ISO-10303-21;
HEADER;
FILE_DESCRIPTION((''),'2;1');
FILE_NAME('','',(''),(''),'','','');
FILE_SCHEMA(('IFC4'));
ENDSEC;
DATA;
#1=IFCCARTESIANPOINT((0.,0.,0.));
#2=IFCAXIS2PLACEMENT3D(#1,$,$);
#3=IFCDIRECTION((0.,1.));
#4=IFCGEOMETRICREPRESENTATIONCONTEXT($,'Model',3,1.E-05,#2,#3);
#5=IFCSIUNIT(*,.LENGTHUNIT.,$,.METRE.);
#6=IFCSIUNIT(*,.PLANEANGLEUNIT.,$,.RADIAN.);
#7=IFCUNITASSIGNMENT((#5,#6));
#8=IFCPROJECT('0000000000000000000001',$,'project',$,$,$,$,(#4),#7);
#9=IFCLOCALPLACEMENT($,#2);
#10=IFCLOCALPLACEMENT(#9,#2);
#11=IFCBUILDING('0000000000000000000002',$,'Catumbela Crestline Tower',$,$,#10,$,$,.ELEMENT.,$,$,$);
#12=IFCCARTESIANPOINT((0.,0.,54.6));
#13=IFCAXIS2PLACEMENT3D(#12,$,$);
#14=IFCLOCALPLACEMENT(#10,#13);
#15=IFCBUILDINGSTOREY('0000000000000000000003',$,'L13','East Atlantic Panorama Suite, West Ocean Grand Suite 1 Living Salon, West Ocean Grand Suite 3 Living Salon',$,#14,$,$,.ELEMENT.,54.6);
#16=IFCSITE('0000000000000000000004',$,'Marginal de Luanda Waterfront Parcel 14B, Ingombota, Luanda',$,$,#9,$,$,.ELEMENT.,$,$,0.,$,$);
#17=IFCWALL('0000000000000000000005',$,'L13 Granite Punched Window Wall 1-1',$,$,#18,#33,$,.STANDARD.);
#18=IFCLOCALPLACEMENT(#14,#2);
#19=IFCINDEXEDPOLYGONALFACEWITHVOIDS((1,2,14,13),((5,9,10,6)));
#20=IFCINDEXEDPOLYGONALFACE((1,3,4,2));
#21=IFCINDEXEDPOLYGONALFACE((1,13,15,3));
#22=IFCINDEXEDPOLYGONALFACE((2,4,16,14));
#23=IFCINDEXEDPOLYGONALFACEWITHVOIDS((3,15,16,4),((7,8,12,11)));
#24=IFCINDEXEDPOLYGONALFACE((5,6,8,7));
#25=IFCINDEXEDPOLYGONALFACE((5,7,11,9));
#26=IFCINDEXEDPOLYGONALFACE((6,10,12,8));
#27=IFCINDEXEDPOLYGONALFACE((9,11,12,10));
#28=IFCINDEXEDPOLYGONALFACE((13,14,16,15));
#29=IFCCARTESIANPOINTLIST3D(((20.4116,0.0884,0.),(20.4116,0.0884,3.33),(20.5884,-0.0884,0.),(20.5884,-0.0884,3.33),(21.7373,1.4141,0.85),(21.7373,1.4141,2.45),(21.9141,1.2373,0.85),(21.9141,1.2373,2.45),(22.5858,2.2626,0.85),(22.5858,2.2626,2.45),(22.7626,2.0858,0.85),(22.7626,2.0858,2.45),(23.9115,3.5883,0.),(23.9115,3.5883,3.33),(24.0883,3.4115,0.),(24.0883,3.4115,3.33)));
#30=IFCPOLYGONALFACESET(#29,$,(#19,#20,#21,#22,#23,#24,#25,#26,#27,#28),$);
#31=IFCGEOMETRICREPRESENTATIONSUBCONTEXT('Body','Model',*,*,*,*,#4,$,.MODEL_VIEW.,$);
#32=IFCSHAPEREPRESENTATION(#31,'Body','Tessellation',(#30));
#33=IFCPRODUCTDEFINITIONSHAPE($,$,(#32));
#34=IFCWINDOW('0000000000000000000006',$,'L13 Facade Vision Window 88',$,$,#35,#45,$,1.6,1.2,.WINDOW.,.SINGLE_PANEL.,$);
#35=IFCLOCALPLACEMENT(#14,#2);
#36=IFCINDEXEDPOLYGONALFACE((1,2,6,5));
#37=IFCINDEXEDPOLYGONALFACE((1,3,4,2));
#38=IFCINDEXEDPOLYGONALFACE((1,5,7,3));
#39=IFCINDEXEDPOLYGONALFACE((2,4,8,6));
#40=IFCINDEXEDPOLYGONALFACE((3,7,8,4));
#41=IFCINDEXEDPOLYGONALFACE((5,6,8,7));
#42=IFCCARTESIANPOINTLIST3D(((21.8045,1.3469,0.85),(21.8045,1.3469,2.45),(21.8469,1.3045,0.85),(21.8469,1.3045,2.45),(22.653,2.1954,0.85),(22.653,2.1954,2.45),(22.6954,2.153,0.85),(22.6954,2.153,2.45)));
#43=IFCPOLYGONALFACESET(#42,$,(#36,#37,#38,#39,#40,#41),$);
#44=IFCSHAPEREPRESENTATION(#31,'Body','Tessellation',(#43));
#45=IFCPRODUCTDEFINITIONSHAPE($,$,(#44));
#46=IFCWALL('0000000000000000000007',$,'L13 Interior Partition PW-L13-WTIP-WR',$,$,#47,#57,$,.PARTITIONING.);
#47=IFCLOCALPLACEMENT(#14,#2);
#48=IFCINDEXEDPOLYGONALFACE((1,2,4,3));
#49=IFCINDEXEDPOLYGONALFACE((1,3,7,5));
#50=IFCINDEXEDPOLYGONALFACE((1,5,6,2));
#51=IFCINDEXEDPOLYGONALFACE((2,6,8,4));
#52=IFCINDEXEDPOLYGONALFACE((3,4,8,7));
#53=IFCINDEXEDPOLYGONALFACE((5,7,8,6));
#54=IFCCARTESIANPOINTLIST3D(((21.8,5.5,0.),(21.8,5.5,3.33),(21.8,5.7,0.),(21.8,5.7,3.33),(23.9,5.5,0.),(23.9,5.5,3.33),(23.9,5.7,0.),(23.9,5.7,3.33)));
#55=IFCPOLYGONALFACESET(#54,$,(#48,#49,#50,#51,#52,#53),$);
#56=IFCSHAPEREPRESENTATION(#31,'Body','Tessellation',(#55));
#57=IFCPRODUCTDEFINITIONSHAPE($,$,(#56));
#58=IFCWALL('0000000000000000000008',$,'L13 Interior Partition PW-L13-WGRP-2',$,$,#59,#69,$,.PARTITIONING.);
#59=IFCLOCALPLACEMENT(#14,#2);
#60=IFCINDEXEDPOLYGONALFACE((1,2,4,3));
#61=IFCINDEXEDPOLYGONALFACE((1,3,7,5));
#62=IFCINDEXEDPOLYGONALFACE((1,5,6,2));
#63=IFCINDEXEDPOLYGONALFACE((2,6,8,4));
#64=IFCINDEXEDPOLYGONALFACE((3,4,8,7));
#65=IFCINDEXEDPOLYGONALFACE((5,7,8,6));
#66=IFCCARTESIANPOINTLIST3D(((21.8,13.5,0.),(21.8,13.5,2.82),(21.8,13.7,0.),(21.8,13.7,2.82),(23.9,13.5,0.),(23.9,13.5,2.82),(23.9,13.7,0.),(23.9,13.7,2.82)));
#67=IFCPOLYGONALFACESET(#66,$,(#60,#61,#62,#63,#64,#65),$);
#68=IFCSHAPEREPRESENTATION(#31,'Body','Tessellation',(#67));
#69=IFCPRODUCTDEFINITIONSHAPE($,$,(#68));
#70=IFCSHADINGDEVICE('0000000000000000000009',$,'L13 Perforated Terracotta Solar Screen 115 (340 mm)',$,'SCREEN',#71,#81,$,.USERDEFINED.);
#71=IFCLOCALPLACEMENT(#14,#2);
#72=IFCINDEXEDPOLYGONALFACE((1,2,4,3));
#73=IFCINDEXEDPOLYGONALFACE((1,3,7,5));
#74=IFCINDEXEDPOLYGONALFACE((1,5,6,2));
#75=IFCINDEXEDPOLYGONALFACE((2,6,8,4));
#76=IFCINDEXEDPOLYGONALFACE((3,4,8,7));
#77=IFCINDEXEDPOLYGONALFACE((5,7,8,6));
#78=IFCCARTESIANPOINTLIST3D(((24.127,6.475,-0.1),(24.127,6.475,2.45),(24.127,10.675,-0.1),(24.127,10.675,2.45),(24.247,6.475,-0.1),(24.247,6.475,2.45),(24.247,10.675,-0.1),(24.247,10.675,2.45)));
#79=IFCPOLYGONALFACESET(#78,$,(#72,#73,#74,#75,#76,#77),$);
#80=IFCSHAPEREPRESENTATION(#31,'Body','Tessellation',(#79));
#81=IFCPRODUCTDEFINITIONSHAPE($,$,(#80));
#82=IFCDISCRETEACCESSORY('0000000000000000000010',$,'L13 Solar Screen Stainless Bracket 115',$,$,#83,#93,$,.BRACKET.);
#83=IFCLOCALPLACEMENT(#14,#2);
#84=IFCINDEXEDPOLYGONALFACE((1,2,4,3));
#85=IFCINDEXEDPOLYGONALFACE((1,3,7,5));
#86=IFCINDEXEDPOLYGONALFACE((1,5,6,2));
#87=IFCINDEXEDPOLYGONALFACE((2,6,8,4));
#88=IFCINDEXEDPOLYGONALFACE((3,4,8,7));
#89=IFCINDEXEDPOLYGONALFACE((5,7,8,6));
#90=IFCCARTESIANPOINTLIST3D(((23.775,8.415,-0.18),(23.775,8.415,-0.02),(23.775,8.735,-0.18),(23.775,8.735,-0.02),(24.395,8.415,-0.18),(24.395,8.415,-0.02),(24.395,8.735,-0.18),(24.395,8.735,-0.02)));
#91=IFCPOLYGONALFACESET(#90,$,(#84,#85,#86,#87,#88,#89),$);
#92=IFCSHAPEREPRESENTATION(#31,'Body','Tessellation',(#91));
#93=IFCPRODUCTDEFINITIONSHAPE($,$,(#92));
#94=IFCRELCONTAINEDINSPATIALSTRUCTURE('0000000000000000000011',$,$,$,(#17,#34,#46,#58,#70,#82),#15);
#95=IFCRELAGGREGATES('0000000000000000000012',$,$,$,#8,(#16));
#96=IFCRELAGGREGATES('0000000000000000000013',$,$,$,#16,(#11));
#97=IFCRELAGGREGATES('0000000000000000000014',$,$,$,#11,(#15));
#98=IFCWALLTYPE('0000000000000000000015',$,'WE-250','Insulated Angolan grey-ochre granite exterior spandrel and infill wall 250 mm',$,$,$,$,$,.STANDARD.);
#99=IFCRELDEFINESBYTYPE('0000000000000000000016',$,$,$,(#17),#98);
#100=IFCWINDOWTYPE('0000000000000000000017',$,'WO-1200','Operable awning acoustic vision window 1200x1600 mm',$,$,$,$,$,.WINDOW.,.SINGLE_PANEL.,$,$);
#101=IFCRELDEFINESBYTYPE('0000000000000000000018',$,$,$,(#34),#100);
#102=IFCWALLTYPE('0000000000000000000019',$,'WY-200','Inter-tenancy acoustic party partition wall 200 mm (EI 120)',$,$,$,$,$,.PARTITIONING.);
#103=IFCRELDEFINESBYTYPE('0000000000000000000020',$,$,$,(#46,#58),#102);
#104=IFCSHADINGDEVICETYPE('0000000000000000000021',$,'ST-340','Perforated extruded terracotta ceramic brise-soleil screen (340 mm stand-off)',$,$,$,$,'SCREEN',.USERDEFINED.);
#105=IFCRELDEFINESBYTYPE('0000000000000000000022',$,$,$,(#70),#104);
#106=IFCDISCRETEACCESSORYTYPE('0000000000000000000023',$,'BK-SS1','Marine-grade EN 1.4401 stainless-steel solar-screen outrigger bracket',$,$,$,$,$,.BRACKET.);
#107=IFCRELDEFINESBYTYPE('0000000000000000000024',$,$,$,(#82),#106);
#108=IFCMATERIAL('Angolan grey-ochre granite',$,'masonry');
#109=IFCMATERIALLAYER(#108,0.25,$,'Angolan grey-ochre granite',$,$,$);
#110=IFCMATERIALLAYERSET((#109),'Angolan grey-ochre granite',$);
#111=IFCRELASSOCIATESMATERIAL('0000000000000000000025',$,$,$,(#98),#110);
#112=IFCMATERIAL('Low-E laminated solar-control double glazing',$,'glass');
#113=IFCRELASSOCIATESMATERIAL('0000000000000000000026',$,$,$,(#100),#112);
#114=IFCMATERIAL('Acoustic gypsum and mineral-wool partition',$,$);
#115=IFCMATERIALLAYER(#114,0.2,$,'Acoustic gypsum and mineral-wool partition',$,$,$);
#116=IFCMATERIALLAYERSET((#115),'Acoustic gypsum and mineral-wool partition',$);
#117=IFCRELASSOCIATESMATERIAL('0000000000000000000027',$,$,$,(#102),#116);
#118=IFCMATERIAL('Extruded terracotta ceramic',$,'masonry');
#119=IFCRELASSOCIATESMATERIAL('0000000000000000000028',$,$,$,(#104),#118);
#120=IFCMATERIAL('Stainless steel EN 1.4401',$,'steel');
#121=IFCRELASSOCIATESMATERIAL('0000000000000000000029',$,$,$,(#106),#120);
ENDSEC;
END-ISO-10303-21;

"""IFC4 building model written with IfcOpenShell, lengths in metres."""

from ifc_helpers import new_model, si_unit, direction, frame, frame_2d, origin, origin_2d, place, context, subcontext, project, spatial, rectangle, extrude, material, layer, layer_set, type_object, element, fill, save


model = new_model("IFC4")

# Units and contexts
model_context = context("Model", 3, precision=1e-05, world=origin(), true_north=direction((0.0, 1.0)))
body_context = subcontext(model_context, "Body", "Model", "MODEL_VIEW")
ifc_project = project(units=[si_unit("LENGTHUNIT", "METRE"), si_unit("PLANEANGLEUNIT", "RADIAN")], contexts=[model_context])

# Site, building, storey
site_placement = place(None, origin())
site = spatial("IfcSite", under=ifc_project, at=site_placement, Name="Marginal de Luanda Waterfront Parcel 14B, Ingombota, Luanda", CompositionType="ELEMENT", RefElevation=0.0)
building_placement = place(site_placement, origin())
building = spatial("IfcBuilding", under=site, at=building_placement, Name="Catumbela Crestline Tower", CompositionType="ELEMENT")
storey_placement = place(building_placement, frame((0.0, 0.0, 54.6)))
storey = spatial("IfcBuildingStorey", under=building, at=storey_placement, Name="L13", Description="East Atlantic Panorama Suite, West Ocean Grand Suite 1 Living Salon, West Ocean Grand Suite 3 Living Salon", CompositionType="ELEMENT", Elevation=54.6)

# Shared definitions
ifc_material_1 = material(Name="Low-E laminated solar-control double glazing", Category="glass")

# Wall, opening, window
ifc_material_2 = material(Name="Angolan grey-ochre granite", Category="masonry")
ifc_layer_1 = layer(ifc_material_2, 0.25, Name="Angolan grey-ochre granite")
ifc_layer_set_1 = layer_set([ifc_layer_1], Name="Angolan grey-ochre granite")
wall_type_1 = type_object("IfcWallType", Name="WE-250", Description="Insulated Angolan grey-ochre granite exterior spandrel and infill wall 250 mm", PredefinedType="STANDARD", material=ifc_layer_set_1)
wall_1_placement = place(storey_placement, frame((20.5, 0.0, 0.0), z_axis=(0.0, 0.0, 1.0), x_axis=(0.707107, 0.707107, 0.0)))
wall_1 = element("IfcWall", 1, at=wall_1_placement, inside=storey, type_object=wall_type_1, Name="L13 Granite Punched Window Wall 1-1", PredefinedType="STANDARD", context=body_context, shape_type="SweptSolid", body=[
    extrude(rectangle(XDim=4.9497, YDim=0.25, at=frame_2d((2.4748, 0.0))), origin(), (0.0, 0.0, 1.0), 3.33),
])
opening_placement = place(wall_1_placement, frame((1.8748, 0.0, 0.85)))
opening = element("IfcOpeningElement", 2, at=opening_placement, cuts=wall_1, PredefinedType="OPENING", context=body_context, shape_type="SweptSolid", body=[
    extrude(rectangle(XDim=1.2, YDim=1.6, at=frame_2d((0.6, 0.8))), frame((0.0, 0.135, 0.0), z_axis=(0.0, -1.0, 0.0), x_axis=(1.0, 0.0, 0.0)), (0.0, 0.0, 1.0), 0.27),
])
window_type = type_object("IfcWindowType", Name="WO-1200", Description="Operable awning acoustic vision window 1200x1600 mm", PartitioningType="SINGLE_PANEL", PredefinedType="WINDOW", material=ifc_material_1)
window_placement = place(opening_placement, origin())
window = element("IfcWindow", 3, at=window_placement, inside=storey, type_object=window_type, Name="L13 Facade Vision Window 88", OverallHeight=1.6, OverallWidth=1.2, PartitioningType="SINGLE_PANEL", PredefinedType="WINDOW", context=body_context, shape_type="SweptSolid", body=[
    extrude(rectangle(XDim=1.2, YDim=1.6, at=frame_2d((0.6, 0.8))), frame((0.0, 0.03, 0.0), z_axis=(0.0, -1.0, 0.0), x_axis=(1.0, 0.0, 0.0)), (0.0, 0.0, 1.0), 0.06),
])
fill(opening, window)

# Walls
ifc_material_3 = material(Name="Acoustic gypsum and mineral-wool partition")
ifc_layer_2 = layer(ifc_material_3, 0.2, Name="Acoustic gypsum and mineral-wool partition")
ifc_layer_set_2 = layer_set([ifc_layer_2], Name="Acoustic gypsum and mineral-wool partition")
wall_type_2 = type_object("IfcWallType", Name="WY-200", Description="Inter-tenancy acoustic party partition wall 200 mm (EI 120)", PredefinedType="PARTITIONING", material=ifc_layer_set_2)
wall_2_placement = place(storey_placement, frame((21.8, 5.6, 0.0), z_axis=(0.0, 0.0, 1.0), x_axis=(1.0, 0.0, 0.0)))
element("IfcWall", 4, at=wall_2_placement, inside=storey, type_object=wall_type_2, Name="L13 Interior Partition PW-L13-WTIP-WR", PredefinedType="PARTITIONING", context=body_context, shape_type="SweptSolid", body=[
    extrude(rectangle(XDim=2.1, YDim=0.2, at=frame_2d((1.05, 0.0))), origin(), (0.0, 0.0, 1.0), 3.33),
])
wall_3_placement = place(storey_placement, frame((21.8, 13.6, 0.0), z_axis=(0.0, 0.0, 1.0), x_axis=(1.0, 0.0, 0.0)))
element("IfcWall", 5, at=wall_3_placement, inside=storey, type_object=wall_type_2, Name="L13 Interior Partition PW-L13-WGRP-2", PredefinedType="PARTITIONING", context=body_context, shape_type="SweptSolid", body=[
    extrude(rectangle(XDim=2.1, YDim=0.2, at=frame_2d((1.05, 0.0))), origin(), (0.0, 0.0, 1.0), 2.82),
])

# Shading device
ifc_material_4 = material(Name="Extruded terracotta ceramic", Category="masonry")
shading_device_type = type_object("IfcShadingDeviceType", Name="ST-340", Description="Perforated extruded terracotta ceramic brise-soleil screen (340 mm stand-off)", ElementType="SCREEN", PredefinedType="USERDEFINED", material=ifc_material_4)
shading_device_placement = place(storey_placement, frame((24.187, 8.575, -0.1), z_axis=(0.0, 0.0, 1.0), x_axis=(0.0, 1.0, 0.0)))
element("IfcShadingDevice", 6, at=shading_device_placement, inside=storey, type_object=shading_device_type, Name="L13 Perforated Terracotta Solar Screen 115 (340 mm)", ObjectType="SCREEN", PredefinedType="USERDEFINED", context=body_context, shape_type="SweptSolid", body=[
    extrude(rectangle(XDim=4.2, YDim=0.12, at=origin_2d()), origin(), (0.0, 0.0, 1.0), 2.55),
])

# Discrete accessory
ifc_material_5 = material(Name="Stainless steel EN 1.4401", Category="steel")
discrete_accessory_type = type_object("IfcDiscreteAccessoryType", Name="BK-SS1", Description="Marine-grade EN 1.4401 stainless-steel solar-screen outrigger bracket", PredefinedType="BRACKET", material=ifc_material_5)
discrete_accessory_placement = place(storey_placement, frame((24.085, 8.575, -0.18), z_axis=(0.0, 0.0, 1.0), x_axis=(0.0, 1.0, 0.0)))
element("IfcDiscreteAccessory", 7, at=discrete_accessory_placement, inside=storey, type_object=discrete_accessory_type, Name="L13 Solar Screen Stainless Bracket 115", PredefinedType="BRACKET", context=body_context, shape_type="SweptSolid", body=[
    extrude(rectangle(XDim=0.32, YDim=0.62, at=origin_2d()), origin(), (0.0, 0.0, 1.0), 0.16),
])

save(model, "model.ifc")
